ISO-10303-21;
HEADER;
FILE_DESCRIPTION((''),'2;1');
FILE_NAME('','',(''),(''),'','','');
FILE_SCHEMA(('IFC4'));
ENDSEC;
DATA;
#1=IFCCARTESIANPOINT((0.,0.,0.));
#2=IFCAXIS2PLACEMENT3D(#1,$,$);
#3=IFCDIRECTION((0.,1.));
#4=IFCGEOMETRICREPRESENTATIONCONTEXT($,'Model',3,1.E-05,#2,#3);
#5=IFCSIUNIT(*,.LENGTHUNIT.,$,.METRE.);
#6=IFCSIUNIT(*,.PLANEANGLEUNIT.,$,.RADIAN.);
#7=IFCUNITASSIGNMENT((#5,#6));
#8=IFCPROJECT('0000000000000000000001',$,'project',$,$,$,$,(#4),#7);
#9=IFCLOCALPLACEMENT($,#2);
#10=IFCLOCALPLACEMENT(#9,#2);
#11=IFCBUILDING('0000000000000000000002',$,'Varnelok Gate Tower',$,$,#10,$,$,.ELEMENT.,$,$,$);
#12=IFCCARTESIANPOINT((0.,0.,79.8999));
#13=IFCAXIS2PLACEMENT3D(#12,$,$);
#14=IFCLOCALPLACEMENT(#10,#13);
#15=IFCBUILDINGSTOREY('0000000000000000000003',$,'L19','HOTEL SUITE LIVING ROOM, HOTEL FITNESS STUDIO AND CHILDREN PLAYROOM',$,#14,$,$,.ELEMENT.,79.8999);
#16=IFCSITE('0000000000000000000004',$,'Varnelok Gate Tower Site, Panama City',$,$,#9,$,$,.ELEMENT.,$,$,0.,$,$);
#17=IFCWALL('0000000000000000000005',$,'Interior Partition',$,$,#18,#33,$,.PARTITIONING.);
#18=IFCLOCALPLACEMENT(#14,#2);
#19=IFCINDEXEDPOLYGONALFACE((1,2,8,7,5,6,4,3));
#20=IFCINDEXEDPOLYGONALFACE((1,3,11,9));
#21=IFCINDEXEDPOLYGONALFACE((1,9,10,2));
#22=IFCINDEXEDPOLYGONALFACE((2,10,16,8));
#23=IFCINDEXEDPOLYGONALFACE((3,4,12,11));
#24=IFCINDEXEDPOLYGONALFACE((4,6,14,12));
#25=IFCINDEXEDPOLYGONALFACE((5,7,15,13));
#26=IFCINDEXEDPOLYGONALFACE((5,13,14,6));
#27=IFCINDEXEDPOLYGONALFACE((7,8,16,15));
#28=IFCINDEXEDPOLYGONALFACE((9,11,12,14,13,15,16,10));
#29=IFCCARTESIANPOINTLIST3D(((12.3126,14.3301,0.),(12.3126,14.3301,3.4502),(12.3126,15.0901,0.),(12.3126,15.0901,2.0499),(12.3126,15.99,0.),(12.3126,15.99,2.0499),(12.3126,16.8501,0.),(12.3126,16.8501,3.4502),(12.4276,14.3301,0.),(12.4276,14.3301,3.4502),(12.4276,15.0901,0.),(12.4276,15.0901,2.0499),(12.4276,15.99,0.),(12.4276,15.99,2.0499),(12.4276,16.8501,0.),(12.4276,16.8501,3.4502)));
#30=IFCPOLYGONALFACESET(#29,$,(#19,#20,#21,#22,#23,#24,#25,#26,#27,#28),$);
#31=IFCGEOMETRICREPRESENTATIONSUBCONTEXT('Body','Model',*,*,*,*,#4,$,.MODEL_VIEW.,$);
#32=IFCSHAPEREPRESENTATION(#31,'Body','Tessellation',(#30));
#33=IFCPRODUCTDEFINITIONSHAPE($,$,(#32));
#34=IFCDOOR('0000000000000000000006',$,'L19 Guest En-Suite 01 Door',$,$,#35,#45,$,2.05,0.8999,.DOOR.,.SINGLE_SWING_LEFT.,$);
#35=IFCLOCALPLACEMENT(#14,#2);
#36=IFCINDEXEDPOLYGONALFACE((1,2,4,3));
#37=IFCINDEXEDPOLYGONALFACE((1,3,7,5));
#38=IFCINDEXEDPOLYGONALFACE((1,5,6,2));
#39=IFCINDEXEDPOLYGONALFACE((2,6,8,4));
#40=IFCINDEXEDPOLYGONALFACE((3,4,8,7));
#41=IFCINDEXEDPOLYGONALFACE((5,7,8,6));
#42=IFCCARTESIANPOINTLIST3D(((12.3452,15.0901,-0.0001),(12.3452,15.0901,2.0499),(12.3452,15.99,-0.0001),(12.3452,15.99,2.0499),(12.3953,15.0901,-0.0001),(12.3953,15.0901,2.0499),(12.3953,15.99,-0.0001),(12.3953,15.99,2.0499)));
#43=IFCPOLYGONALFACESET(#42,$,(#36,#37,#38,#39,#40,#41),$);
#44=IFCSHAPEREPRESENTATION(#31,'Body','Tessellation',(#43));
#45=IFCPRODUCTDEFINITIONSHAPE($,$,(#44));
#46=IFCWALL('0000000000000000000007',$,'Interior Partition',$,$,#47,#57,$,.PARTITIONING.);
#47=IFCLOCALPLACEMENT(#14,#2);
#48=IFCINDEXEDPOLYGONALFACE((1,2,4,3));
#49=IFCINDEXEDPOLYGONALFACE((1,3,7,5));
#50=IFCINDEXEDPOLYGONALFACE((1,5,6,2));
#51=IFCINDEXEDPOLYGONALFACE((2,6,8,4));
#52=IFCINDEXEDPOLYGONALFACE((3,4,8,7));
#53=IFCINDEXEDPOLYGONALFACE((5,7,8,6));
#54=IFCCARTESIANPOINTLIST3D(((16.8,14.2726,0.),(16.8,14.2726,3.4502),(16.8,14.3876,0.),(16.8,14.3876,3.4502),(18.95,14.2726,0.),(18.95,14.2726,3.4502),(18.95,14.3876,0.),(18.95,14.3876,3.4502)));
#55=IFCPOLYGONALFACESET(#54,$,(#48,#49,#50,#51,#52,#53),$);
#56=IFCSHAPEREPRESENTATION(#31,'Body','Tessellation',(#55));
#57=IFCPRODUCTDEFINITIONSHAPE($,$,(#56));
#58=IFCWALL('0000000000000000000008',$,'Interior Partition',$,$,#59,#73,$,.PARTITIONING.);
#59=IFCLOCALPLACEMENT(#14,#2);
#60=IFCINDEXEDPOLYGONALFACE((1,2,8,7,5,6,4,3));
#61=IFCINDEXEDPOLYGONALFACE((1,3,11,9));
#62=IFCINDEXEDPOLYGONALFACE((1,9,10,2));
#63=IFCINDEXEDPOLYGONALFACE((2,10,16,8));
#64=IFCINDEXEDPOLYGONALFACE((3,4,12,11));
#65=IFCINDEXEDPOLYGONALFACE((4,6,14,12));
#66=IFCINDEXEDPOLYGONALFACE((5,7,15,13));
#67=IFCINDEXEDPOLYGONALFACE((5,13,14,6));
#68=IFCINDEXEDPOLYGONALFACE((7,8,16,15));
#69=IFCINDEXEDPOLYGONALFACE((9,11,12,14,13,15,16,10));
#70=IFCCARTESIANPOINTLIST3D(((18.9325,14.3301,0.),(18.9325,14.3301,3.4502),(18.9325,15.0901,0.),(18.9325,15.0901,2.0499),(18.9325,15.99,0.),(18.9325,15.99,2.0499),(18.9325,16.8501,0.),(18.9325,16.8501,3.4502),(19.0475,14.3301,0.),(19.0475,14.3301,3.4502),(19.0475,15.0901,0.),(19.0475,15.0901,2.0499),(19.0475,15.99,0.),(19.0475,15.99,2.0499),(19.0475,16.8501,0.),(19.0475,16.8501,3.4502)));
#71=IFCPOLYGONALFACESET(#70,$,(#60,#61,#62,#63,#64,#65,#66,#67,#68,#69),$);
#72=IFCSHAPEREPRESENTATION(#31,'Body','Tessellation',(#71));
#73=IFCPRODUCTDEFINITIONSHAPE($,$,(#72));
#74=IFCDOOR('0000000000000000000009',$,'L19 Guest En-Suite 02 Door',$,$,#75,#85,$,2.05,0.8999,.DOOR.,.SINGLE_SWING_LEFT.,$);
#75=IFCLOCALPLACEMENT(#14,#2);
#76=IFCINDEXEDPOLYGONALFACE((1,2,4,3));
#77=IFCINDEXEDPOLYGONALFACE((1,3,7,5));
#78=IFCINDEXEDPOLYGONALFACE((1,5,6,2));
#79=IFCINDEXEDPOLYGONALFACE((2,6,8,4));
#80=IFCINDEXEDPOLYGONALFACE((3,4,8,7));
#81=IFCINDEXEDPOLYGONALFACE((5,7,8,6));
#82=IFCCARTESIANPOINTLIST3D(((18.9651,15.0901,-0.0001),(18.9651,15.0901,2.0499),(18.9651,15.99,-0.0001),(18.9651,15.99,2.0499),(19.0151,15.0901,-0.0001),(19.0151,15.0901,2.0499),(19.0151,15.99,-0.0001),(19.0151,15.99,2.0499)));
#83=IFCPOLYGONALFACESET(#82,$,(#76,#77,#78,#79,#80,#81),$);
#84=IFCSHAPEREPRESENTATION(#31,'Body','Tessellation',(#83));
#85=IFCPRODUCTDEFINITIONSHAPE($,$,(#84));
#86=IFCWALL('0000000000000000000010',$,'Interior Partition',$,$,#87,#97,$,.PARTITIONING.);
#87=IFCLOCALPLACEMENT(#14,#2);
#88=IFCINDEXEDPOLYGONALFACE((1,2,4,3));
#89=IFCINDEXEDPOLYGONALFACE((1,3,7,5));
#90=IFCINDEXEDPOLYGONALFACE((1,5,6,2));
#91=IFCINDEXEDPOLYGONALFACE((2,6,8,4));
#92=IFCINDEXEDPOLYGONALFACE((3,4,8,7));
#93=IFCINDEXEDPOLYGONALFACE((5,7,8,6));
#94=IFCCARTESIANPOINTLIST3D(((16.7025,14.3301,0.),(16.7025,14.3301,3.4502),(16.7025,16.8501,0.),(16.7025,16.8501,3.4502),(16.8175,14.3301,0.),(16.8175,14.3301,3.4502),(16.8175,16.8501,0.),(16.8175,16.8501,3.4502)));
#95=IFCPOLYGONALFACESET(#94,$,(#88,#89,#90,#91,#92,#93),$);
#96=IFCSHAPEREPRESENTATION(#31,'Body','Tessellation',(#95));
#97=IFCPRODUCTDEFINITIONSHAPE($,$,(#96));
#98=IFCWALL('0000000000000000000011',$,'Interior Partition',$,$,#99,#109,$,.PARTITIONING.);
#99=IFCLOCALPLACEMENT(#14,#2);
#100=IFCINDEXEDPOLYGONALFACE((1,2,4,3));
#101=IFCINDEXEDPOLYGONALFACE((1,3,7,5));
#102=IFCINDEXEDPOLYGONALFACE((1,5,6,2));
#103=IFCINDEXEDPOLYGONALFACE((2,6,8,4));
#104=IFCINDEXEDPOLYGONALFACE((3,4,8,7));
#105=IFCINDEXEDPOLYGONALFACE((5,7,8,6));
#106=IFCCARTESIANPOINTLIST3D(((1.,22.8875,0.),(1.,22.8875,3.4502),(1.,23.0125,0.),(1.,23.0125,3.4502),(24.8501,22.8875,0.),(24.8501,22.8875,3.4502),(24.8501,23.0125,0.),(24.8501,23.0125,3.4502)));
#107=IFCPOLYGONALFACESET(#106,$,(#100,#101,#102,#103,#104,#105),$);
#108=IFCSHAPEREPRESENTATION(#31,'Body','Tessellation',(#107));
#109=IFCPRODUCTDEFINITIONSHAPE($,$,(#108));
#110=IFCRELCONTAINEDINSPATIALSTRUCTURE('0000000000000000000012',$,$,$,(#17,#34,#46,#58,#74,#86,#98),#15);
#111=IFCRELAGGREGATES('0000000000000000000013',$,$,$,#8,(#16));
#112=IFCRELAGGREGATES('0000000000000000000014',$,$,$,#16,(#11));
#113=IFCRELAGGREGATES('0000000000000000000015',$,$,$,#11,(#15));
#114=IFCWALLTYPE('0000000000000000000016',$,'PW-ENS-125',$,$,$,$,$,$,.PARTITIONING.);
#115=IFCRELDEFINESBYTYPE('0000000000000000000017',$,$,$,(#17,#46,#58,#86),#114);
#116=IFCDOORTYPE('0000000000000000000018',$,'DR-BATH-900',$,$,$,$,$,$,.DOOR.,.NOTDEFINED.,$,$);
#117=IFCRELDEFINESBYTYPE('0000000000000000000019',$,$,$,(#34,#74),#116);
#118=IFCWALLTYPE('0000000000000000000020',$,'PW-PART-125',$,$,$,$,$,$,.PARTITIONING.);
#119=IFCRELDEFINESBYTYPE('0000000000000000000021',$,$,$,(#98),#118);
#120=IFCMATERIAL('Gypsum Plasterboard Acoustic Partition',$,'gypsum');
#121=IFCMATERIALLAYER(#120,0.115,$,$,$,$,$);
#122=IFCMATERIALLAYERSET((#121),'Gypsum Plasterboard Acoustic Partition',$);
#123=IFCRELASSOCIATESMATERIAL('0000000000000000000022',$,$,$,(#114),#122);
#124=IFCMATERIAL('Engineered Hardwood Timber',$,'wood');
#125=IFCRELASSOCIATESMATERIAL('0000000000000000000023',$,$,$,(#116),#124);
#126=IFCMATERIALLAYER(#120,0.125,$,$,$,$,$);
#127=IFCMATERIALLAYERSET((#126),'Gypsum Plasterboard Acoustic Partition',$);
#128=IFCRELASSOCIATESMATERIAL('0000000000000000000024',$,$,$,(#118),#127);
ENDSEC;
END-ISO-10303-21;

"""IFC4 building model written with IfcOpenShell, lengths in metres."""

from ifc_helpers import new_model, si_unit, direction, frame, frame_2d, origin, place, context, subcontext, project, spatial, rectangle, extrude, material, layer, layer_set, type_object, element, fill, save


model = new_model("IFC4")

# Units and contexts
model_context = context("Model", 3, precision=1e-05, world=origin(), true_north=direction((0.0, 1.0)))
body_context = subcontext(model_context, "Body", "Model", "MODEL_VIEW")
ifc_project = project(units=[si_unit("LENGTHUNIT", "METRE"), si_unit("PLANEANGLEUNIT", "RADIAN")], contexts=[model_context])

# Site, building, storey
site_placement = place(None, origin())
site = spatial("IfcSite", under=ifc_project, at=site_placement, Name="Varnelok Gate Tower Site, Panama City", CompositionType="ELEMENT", RefElevation=0.0)
building_placement = place(site_placement, origin())
building = spatial("IfcBuilding", under=site, at=building_placement, Name="Varnelok Gate Tower", CompositionType="ELEMENT")
storey_placement = place(building_placement, frame((0.0, 0.0, 79.8999)))
storey = spatial("IfcBuildingStorey", under=building, at=storey_placement, Name="L19", Description="HOTEL SUITE LIVING ROOM, HOTEL FITNESS STUDIO AND CHILDREN PLAYROOM", CompositionType="ELEMENT", Elevation=79.8999)

# Shared definitions
ifc_material_1 = material(Name="Gypsum Plasterboard Acoustic Partition", Category="gypsum")
ifc_material_2 = material(Name="Engineered Hardwood Timber", Category="wood")

# Wall, opening, door
ifc_layer_1 = layer(ifc_material_1, 0.115)
ifc_layer_set_1 = layer_set([ifc_layer_1], Name="Gypsum Plasterboard Acoustic Partition")
wall_type_1 = type_object("IfcWallType", Name="PW-ENS-125", PredefinedType="PARTITIONING", material=ifc_layer_set_1)
wall_1_placement = place(storey_placement, frame((12.3701, 14.3301, 0.0), z_axis=(0.0, 0.0, 1.0), x_axis=(0.0, 1.0, 0.0)))
wall_1 = element("IfcWall", 1, at=wall_1_placement, inside=storey, type_object=wall_type_1, Name="Interior Partition", PredefinedType="PARTITIONING", context=body_context, shape_type="SweptSolid", body=[
    extrude(rectangle(XDim=2.52, YDim=0.115, at=frame_2d((1.26, 0.0))), origin(), (0.0, 0.0, 1.0), 3.4502),
])
opening_1_placement = place(wall_1_placement, frame((0.76, 0.0, 0.0)))
opening_1 = element("IfcOpeningElement", 2, at=opening_1_placement, cuts=wall_1, PredefinedType="OPENING", context=body_context, shape_type="SweptSolid", body=[
    extrude(rectangle(XDim=0.8999, YDim=2.05, at=frame_2d((0.45, 1.0249))), frame((0.0, 0.0674, 0.0), z_axis=(0.0, -1.0, 0.0), x_axis=(1.0, 0.0, 0.0)), (0.0, 0.0, 1.0), 0.135),
])
door_type_1 = type_object("IfcDoorType", Name="DR-BATH-900", OperationType="NOTDEFINED", PredefinedType="DOOR", material=ifc_material_2)
door_1_placement = place(opening_1_placement, origin())
door_1 = element("IfcDoor", 3, at=door_1_placement, inside=storey, type_object=door_type_1, Name="L19 Guest En-Suite 01 Door", OperationType="SINGLE_SWING_LEFT", OverallHeight=2.05, OverallWidth=0.8999, PredefinedType="DOOR", context=body_context, shape_type="SweptSolid", body=[
    extrude(rectangle(XDim=0.8999, YDim=2.05, at=frame_2d((0.45, 1.0249))), frame((0.0, 0.0249, 0.0), z_axis=(0.0, -1.0, 0.0), x_axis=(1.0, 0.0, 0.0)), (0.0, 0.0, 1.0), 0.05),
])
fill(opening_1, door_1)

# Wall
wall_2_placement = place(storey_placement, frame((16.8, 14.3301, 0.0), z_axis=(0.0, 0.0, 1.0), x_axis=(1.0, 0.0, 0.0)))
element("IfcWall", 4, at=wall_2_placement, inside=storey, type_object=wall_type_1, Name="Interior Partition", PredefinedType="PARTITIONING", context=body_context, shape_type="SweptSolid", body=[
    extrude(rectangle(XDim=2.1499, YDim=0.115, at=frame_2d((1.075, 0.0))), origin(), (0.0, 0.0, 1.0), 3.4502),
])

# Wall, opening, door
wall_3_placement = place(storey_placement, frame((18.99, 14.3301, 0.0), z_axis=(0.0, 0.0, 1.0), x_axis=(0.0, 1.0, 0.0)))
wall_3 = element("IfcWall", 5, at=wall_3_placement, inside=storey, type_object=wall_type_1, Name="Interior Partition", PredefinedType="PARTITIONING", context=body_context, shape_type="SweptSolid", body=[
    extrude(rectangle(XDim=2.52, YDim=0.115, at=frame_2d((1.26, 0.0))), origin(), (0.0, 0.0, 1.0), 3.4502),
])
opening_2_placement = place(wall_3_placement, frame((0.76, 0.0, 0.0)))
opening_2 = element("IfcOpeningElement", 6, at=opening_2_placement, cuts=wall_3, PredefinedType="OPENING", context=body_context, shape_type="SweptSolid", body=[
    extrude(rectangle(XDim=0.8999, YDim=2.05, at=frame_2d((0.45, 1.0249))), frame((0.0, 0.0674, 0.0), z_axis=(0.0, -1.0, 0.0), x_axis=(1.0, 0.0, 0.0)), (0.0, 0.0, 1.0), 0.135),
])
door_2_placement = place(opening_2_placement, origin())
door_2 = element("IfcDoor", 7, at=door_2_placement, inside=storey, type_object=door_type_1, Name="L19 Guest En-Suite 02 Door", OperationType="SINGLE_SWING_LEFT", OverallHeight=2.05, OverallWidth=0.8999, PredefinedType="DOOR", context=body_context, shape_type="SweptSolid", body=[
    extrude(rectangle(XDim=0.8999, YDim=2.05, at=frame_2d((0.45, 1.0249))), frame((0.0, 0.0249, 0.0), z_axis=(0.0, -1.0, 0.0), x_axis=(1.0, 0.0, 0.0)), (0.0, 0.0, 1.0), 0.05),
])
fill(opening_2, door_2)

# Walls
wall_4_placement = place(storey_placement, frame((16.76, 14.3301, 0.0), z_axis=(0.0, 0.0, 1.0), x_axis=(0.0, 1.0, 0.0)))
element("IfcWall", 8, at=wall_4_placement, inside=storey, type_object=wall_type_1, Name="Interior Partition", PredefinedType="PARTITIONING", context=body_context, shape_type="SweptSolid", body=[
    extrude(rectangle(XDim=2.52, YDim=0.115, at=frame_2d((1.26, 0.0))), origin(), (0.0, 0.0, 1.0), 3.4502),
])
ifc_layer_2 = layer(ifc_material_1, 0.125)
ifc_layer_set_2 = layer_set([ifc_layer_2], Name="Gypsum Plasterboard Acoustic Partition")
wall_type_2 = type_object("IfcWallType", Name="PW-PART-125", PredefinedType="PARTITIONING", material=ifc_layer_set_2)
wall_5_placement = place(storey_placement, frame((1.0, 22.95, 0.0), z_axis=(0.0, 0.0, 1.0), x_axis=(1.0, 0.0, 0.0)))
element("IfcWall", 9, at=wall_5_placement, inside=storey, type_object=wall_type_2, Name="Interior Partition", PredefinedType="PARTITIONING", context=body_context, shape_type="SweptSolid", body=[
    extrude(rectangle(XDim=23.8501, YDim=0.125, at=frame_2d((11.925, 0.0))), origin(), (0.0, 0.0, 1.0), 3.4502),
])

save(model, "model.ifc")
